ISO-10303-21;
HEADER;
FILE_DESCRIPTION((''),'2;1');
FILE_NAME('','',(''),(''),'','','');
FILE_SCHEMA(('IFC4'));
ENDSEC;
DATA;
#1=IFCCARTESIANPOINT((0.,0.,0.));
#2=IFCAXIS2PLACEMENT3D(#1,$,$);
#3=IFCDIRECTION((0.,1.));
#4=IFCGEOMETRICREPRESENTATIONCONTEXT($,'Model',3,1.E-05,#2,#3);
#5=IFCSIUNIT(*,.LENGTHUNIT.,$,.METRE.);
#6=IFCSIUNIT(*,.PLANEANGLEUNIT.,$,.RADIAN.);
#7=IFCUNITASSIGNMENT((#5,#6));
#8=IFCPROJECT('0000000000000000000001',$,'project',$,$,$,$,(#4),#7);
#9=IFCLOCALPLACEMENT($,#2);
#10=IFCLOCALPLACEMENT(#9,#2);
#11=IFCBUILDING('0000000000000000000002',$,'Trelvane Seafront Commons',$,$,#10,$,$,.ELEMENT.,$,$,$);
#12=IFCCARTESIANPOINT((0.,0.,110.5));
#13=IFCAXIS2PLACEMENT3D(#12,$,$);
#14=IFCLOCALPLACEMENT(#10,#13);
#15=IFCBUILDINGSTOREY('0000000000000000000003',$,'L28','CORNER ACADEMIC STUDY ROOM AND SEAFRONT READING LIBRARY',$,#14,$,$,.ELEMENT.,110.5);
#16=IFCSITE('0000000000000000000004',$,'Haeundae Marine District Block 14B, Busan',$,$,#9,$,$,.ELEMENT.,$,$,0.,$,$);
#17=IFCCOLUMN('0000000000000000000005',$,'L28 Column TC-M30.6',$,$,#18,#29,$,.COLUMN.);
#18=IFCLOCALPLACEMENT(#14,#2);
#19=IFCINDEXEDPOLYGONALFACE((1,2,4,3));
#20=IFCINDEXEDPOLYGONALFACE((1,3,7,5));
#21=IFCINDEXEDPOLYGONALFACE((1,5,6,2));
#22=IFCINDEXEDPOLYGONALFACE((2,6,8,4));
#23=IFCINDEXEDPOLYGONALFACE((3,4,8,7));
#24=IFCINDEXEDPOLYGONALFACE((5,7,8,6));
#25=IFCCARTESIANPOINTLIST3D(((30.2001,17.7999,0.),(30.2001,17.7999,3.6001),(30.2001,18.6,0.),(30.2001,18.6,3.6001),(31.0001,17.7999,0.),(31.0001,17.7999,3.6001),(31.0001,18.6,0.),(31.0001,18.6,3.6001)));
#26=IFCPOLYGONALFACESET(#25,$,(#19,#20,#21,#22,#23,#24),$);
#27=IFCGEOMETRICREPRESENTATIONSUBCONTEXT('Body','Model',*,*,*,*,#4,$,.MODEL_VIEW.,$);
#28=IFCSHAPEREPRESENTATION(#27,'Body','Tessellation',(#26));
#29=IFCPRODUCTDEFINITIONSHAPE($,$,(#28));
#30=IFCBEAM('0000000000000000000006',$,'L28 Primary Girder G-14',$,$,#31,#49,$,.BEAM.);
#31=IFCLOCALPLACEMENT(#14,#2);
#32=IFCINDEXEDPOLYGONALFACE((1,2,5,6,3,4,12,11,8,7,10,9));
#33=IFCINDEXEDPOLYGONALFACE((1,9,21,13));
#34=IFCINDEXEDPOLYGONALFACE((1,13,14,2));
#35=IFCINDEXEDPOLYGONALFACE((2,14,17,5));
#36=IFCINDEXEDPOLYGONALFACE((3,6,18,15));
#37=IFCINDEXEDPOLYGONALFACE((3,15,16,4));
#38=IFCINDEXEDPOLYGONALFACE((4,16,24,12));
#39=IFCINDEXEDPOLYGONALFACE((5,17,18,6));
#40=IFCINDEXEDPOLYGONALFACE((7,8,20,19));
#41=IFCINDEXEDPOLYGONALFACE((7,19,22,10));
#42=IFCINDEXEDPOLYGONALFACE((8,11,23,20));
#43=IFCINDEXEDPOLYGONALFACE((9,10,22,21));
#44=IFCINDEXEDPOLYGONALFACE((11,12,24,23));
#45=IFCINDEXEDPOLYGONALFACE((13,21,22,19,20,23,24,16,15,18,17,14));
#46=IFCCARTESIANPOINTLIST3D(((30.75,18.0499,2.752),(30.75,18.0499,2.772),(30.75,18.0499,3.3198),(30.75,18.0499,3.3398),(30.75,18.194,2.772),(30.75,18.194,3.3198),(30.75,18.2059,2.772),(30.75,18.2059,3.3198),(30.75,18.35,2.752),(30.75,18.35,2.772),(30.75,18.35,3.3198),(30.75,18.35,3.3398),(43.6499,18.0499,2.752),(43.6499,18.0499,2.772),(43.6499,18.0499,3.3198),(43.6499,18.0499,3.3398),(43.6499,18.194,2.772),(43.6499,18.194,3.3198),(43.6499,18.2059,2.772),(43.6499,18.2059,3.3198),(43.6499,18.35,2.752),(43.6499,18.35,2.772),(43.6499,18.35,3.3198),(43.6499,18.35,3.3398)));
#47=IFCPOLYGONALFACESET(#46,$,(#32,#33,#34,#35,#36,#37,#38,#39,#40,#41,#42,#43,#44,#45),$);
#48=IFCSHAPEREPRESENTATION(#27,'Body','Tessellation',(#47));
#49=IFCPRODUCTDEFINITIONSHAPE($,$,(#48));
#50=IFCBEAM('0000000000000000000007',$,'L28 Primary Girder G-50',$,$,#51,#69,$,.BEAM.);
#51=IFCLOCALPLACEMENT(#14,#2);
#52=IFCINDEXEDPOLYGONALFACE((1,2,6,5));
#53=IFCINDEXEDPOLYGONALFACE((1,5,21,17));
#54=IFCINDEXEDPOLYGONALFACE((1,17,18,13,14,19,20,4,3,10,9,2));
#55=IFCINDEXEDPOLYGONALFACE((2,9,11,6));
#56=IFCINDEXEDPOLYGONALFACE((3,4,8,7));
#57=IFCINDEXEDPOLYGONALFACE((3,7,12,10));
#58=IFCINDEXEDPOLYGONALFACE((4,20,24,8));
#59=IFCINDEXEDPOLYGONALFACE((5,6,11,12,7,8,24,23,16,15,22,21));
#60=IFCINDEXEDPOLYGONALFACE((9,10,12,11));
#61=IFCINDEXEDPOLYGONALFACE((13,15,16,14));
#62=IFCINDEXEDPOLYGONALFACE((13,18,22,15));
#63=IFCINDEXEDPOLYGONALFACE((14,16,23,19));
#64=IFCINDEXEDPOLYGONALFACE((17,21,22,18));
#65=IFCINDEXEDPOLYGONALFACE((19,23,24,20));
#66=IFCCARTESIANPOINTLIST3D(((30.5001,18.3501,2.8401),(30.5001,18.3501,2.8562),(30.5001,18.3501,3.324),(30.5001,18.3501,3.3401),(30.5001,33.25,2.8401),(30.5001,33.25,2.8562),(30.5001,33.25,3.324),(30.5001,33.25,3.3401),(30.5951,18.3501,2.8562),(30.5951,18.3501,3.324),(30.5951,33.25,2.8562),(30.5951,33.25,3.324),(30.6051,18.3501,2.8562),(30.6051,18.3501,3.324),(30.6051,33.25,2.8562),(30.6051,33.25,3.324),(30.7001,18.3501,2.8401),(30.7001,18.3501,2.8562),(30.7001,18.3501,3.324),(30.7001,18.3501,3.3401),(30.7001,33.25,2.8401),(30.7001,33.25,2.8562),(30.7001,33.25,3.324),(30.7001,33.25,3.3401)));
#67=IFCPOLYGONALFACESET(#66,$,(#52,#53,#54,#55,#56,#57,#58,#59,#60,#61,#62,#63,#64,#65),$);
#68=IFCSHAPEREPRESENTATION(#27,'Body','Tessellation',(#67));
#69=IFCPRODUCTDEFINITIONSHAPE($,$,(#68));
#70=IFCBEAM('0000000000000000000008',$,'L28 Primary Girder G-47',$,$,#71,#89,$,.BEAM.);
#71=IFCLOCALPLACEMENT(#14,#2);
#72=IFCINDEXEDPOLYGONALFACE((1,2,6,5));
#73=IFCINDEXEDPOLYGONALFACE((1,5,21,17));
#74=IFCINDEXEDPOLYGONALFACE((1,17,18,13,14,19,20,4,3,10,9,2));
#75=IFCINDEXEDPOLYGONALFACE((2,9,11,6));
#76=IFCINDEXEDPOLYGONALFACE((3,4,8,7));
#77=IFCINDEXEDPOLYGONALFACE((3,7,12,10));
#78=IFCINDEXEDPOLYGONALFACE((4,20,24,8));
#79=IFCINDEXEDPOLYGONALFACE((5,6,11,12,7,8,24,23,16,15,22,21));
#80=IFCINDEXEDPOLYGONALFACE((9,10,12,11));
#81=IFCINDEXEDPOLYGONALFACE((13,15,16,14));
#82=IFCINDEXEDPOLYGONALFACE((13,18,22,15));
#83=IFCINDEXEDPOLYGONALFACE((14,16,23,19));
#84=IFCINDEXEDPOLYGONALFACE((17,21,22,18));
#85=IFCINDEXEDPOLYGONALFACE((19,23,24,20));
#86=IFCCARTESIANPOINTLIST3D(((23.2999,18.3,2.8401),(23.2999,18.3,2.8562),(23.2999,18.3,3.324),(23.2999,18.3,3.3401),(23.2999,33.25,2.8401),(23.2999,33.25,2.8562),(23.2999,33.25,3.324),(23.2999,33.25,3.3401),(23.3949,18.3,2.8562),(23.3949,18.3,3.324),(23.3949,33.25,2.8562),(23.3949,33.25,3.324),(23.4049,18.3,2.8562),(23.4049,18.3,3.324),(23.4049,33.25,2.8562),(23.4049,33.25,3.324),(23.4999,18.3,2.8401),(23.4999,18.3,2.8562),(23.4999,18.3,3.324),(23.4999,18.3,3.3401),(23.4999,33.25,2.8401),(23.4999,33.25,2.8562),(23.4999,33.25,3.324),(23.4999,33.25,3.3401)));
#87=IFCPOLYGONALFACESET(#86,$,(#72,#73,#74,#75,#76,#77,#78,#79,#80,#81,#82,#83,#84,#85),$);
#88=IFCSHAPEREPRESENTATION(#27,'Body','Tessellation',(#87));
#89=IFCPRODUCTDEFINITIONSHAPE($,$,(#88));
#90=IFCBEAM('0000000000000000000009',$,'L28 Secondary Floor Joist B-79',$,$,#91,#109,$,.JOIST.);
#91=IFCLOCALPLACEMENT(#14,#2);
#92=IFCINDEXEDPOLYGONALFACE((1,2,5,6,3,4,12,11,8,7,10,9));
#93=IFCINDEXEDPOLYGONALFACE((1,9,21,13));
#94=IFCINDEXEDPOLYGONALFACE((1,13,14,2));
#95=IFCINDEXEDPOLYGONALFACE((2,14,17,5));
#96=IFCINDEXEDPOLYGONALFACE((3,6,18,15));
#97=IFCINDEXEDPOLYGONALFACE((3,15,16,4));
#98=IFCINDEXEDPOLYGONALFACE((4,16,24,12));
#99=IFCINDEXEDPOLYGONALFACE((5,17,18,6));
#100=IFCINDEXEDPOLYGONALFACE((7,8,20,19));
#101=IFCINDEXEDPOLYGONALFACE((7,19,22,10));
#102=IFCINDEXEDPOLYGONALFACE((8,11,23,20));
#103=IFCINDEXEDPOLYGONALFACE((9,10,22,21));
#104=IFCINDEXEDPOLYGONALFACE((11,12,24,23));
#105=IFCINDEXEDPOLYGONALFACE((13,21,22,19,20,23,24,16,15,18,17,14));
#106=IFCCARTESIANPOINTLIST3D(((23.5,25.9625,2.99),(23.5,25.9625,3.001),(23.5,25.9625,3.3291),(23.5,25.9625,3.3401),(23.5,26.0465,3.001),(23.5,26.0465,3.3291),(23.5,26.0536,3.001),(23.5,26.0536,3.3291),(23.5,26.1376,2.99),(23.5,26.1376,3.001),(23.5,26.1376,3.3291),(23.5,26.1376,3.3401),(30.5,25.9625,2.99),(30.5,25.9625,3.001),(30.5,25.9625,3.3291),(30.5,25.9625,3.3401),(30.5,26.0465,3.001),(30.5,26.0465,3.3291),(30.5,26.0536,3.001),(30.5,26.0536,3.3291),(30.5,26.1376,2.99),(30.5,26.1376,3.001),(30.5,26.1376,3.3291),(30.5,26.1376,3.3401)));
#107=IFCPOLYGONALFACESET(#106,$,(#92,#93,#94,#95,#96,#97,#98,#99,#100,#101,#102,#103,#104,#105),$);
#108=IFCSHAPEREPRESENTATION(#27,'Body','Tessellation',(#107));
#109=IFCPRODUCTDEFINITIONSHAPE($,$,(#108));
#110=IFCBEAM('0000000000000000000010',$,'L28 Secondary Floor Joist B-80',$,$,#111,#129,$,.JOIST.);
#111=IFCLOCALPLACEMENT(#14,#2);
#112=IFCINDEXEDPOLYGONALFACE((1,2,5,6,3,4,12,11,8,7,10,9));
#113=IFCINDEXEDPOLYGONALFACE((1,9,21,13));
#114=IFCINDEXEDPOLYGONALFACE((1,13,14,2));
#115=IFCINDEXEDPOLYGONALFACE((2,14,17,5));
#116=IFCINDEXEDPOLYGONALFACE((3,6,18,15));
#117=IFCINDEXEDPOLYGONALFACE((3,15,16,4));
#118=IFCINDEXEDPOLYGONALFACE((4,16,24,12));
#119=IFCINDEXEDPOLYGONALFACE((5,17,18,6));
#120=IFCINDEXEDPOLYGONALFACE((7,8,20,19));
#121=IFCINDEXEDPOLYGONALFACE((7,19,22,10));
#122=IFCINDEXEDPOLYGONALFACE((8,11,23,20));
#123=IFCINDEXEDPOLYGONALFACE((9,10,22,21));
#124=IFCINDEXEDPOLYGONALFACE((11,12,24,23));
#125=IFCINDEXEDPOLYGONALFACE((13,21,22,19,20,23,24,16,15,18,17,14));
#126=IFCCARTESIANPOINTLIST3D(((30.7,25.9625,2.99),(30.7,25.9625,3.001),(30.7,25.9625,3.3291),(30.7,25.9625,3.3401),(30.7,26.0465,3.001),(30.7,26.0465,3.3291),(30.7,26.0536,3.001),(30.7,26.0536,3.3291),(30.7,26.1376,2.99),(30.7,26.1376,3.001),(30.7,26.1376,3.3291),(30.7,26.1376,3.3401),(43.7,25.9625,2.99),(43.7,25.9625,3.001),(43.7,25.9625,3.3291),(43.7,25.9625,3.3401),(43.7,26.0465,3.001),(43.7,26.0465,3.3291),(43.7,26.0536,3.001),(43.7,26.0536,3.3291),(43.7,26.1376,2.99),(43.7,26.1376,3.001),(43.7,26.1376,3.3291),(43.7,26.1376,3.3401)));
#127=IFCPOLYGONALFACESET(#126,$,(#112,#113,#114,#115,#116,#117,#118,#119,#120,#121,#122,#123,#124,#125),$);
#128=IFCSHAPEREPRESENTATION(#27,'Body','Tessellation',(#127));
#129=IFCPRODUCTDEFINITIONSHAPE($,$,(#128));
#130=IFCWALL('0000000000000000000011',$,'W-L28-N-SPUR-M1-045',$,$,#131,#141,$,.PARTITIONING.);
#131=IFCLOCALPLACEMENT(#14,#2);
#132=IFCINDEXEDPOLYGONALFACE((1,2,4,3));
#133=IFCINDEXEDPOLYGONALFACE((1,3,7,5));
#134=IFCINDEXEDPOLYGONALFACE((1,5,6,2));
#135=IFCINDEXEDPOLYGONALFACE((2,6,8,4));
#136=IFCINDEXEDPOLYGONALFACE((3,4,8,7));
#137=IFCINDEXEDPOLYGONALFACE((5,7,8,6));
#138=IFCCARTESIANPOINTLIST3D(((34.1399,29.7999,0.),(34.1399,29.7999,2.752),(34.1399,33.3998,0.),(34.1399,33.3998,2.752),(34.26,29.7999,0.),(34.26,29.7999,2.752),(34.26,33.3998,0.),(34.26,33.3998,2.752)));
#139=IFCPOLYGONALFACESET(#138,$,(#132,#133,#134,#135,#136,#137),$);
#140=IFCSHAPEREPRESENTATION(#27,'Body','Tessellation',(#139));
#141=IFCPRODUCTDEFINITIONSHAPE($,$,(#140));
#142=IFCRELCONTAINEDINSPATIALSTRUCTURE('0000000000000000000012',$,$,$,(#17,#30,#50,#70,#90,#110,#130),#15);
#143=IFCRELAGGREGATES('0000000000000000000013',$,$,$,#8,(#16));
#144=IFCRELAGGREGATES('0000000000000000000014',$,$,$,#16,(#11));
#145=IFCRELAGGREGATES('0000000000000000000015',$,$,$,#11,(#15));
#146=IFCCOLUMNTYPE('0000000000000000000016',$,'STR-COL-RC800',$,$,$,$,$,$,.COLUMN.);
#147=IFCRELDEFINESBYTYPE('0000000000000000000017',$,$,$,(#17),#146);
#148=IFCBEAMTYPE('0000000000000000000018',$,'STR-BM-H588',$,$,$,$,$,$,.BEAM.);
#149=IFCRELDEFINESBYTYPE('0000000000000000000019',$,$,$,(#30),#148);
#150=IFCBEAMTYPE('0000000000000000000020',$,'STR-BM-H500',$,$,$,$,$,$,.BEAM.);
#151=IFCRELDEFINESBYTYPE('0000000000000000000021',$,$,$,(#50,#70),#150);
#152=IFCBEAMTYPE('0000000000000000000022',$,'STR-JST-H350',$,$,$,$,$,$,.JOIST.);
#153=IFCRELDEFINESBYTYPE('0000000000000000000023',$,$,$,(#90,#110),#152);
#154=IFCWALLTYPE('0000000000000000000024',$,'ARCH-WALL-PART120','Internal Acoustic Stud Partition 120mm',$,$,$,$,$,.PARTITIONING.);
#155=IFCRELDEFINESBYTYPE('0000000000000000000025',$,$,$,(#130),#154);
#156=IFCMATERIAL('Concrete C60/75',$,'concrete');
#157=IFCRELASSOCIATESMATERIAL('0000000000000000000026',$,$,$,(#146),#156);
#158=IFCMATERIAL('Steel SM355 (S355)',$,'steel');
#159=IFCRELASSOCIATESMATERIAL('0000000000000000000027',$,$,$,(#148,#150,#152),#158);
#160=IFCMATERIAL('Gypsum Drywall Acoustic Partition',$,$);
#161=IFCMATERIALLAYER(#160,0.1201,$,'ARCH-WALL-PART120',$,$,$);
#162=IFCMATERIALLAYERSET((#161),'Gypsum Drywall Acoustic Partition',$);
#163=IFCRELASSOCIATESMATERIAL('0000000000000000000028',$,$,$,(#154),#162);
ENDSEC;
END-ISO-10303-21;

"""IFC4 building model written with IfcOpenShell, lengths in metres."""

from ifc_helpers import new_model, si_unit, direction, frame, frame_2d, origin, origin_2d, place, context, subcontext, project, spatial, rectangle, i_section, extrude, source, transform, mapped, material, layer, layer_set, material_profile, profile_set, type_object, element, save


model = new_model("IFC4")

# Units and contexts
model_context = context("Model", 3, precision=1e-05, world=origin(), true_north=direction((0.0, 1.0)))
body_context = subcontext(model_context, "Body", "Model", "MODEL_VIEW")
ifc_project = project(units=[si_unit("LENGTHUNIT", "METRE"), si_unit("PLANEANGLEUNIT", "RADIAN")], contexts=[model_context])

# Site, building, storey
site_placement = place(None, origin())
site = spatial("IfcSite", under=ifc_project, at=site_placement, Name="Haeundae Marine District Block 14B, Busan", CompositionType="ELEMENT", RefElevation=0.0)
building_placement = place(site_placement, origin())
building = spatial("IfcBuilding", under=site, at=building_placement, Name="Trelvane Seafront Commons", CompositionType="ELEMENT")
storey_placement = place(building_placement, frame((0.0, 0.0, 110.5)))
storey = spatial("IfcBuildingStorey", under=building, at=storey_placement, Name="L28", Description="CORNER ACADEMIC STUDY ROOM AND SEAFRONT READING LIBRARY", CompositionType="ELEMENT", Elevation=110.5)

# Column
ifc_material_1 = material(Name="Concrete C60/75", Category="concrete")
ifc_material_profile_1 = material_profile(ifc_material_1, rectangle(XDim=0.8, YDim=0.8, at=origin_2d()), Name="RC-800x800")
ifc_profile_set_1 = profile_set([ifc_material_profile_1], Name="Concrete C60/75")
column_type = type_object("IfcColumnType", Name="STR-COL-RC800", PredefinedType="COLUMN", material=ifc_profile_set_1)
shared_shape_1 = source(origin(), body_context, "Body", "SweptSolid", [
    extrude(rectangle(XDim=0.8, YDim=0.8, at=origin_2d()), origin(), (0.0, 0.0, 1.0), 3.6001),
])
column_placement = place(storey_placement, frame((30.6001, 18.2, 0.0), z_axis=(0.0, 0.0, 1.0), x_axis=(1.0, 0.0, 0.0)))
element("IfcColumn", 1, at=column_placement, inside=storey, type_object=column_type, Name="L28 Column TC-M30.6", PredefinedType="COLUMN", context=body_context, shape_type="MappedRepresentation", body=[
    mapped(shared_shape_1, transform((0.0, 0.0, 0.0), x_axis=(1.0, 0.0, 0.0), y_axis=(0.0, 1.0, 0.0), z_axis=(0.0, 0.0, 1.0), scale=1.0)),
])

# Beams
ifc_material_2 = material(Name="Steel SM355 (S355)", Category="steel")
ifc_material_profile_2 = material_profile(ifc_material_2, i_section(OverallWidth=0.3, OverallDepth=0.5879, WebThickness=0.012, FlangeThickness=0.02, at=origin_2d()), Name="H-588x300x12x20")
ifc_profile_set_2 = profile_set([ifc_material_profile_2], Name="Steel SM355 (S355)")
beam_type_1 = type_object("IfcBeamType", Name="STR-BM-H588", PredefinedType="BEAM", material=ifc_profile_set_2)
shared_shape_2 = source(origin(), body_context, "Body", "SweptSolid", [
    extrude(i_section(OverallWidth=0.3, OverallDepth=0.5879, WebThickness=0.012, FlangeThickness=0.02, at=origin_2d()), origin(), (0.0, 0.0, 1.0), 12.8999),
])
beam_1_placement = place(storey_placement, frame((30.75, 18.2, 3.0459), z_axis=(1.0, 0.0, 0.0), x_axis=(0.0, 1.0, 0.0)))
element("IfcBeam", 2, at=beam_1_placement, inside=storey, type_object=beam_type_1, Name="L28 Primary Girder G-14", PredefinedType="BEAM", context=body_context, shape_type="MappedRepresentation", body=[
    mapped(shared_shape_2, transform((0.0, 0.0, 0.0), x_axis=(1.0, 0.0, 0.0), y_axis=(0.0, 1.0, 0.0), z_axis=(0.0, 0.0, 1.0), scale=1.0)),
])
ifc_material_profile_3 = material_profile(ifc_material_2, i_section(OverallWidth=0.2, OverallDepth=0.5, WebThickness=0.01, FlangeThickness=0.0161, at=origin_2d()), Name="H-500x200x10x16")
ifc_profile_set_3 = profile_set([ifc_material_profile_3], Name="Steel SM355 (S355)")
beam_type_2 = type_object("IfcBeamType", Name="STR-BM-H500", PredefinedType="BEAM", material=ifc_profile_set_3)
shared_shape_3 = source(origin(), body_context, "Body", "SweptSolid", [
    extrude(i_section(OverallWidth=0.2, OverallDepth=0.5, WebThickness=0.01, FlangeThickness=0.0161, at=origin_2d()), origin(), (0.0, 0.0, 1.0), 14.8999),
])
beam_2_placement = place(storey_placement, frame((30.6001, 18.3501, 3.0901), z_axis=(0.0, 1.0, 0.0), x_axis=(-1.0, 0.0, 0.0)))
element("IfcBeam", 3, at=beam_2_placement, inside=storey, type_object=beam_type_2, Name="L28 Primary Girder G-50", PredefinedType="BEAM", context=body_context, shape_type="MappedRepresentation", body=[
    mapped(shared_shape_3, transform((0.0, 0.0, 0.0), x_axis=(1.0, 0.0, 0.0), y_axis=(0.0, 1.0, 0.0), z_axis=(0.0, 0.0, 1.0), scale=1.0)),
])
shared_shape_4 = source(origin(), body_context, "Body", "SweptSolid", [
    extrude(i_section(OverallWidth=0.2, OverallDepth=0.5, WebThickness=0.01, FlangeThickness=0.0161, at=origin_2d()), origin(), (0.0, 0.0, 1.0), 14.95),
])
beam_3_placement = place(storey_placement, frame((23.3999, 18.3, 3.0901), z_axis=(0.0, 1.0, 0.0), x_axis=(-1.0, 0.0, 0.0)))
element("IfcBeam", 4, at=beam_3_placement, inside=storey, type_object=beam_type_2, Name="L28 Primary Girder G-47", PredefinedType="BEAM", context=body_context, shape_type="MappedRepresentation", body=[
    mapped(shared_shape_4, transform((0.0, 0.0, 0.0), x_axis=(1.0, 0.0, 0.0), y_axis=(0.0, 1.0, 0.0), z_axis=(0.0, 0.0, 1.0), scale=1.0)),
])
ifc_material_profile_4 = material_profile(ifc_material_2, i_section(OverallWidth=0.175, OverallDepth=0.3501, WebThickness=0.0071, FlangeThickness=0.011, at=origin_2d()), Name="H-350x175x7x11")
ifc_profile_set_4 = profile_set([ifc_material_profile_4], Name="Steel SM355 (S355)")
beam_type_3 = type_object("IfcBeamType", Name="STR-JST-H350", PredefinedType="JOIST", material=ifc_profile_set_4)
shared_shape_5 = source(origin(), body_context, "Body", "SweptSolid", [
    extrude(i_section(OverallWidth=0.175, OverallDepth=0.3501, WebThickness=0.0071, FlangeThickness=0.011, at=origin_2d()), origin(), (0.0, 0.0, 1.0), 7.0),
])
beam_4_placement = place(storey_placement, frame((23.5, 26.05, 3.165), z_axis=(1.0, 0.0, 0.0), x_axis=(0.0, 1.0, 0.0)))
element("IfcBeam", 5, at=beam_4_placement, inside=storey, type_object=beam_type_3, Name="L28 Secondary Floor Joist B-79", PredefinedType="JOIST", context=body_context, shape_type="MappedRepresentation", body=[
    mapped(shared_shape_5, transform((0.0, 0.0, 0.0), x_axis=(1.0, 0.0, 0.0), y_axis=(0.0, 1.0, 0.0), z_axis=(0.0, 0.0, 1.0), scale=1.0)),
])
shared_shape_6 = source(origin(), body_context, "Body", "SweptSolid", [
    extrude(i_section(OverallWidth=0.175, OverallDepth=0.3501, WebThickness=0.0071, FlangeThickness=0.011, at=origin_2d()), origin(), (0.0, 0.0, 1.0), 13.0),
])
beam_5_placement = place(storey_placement, frame((30.7, 26.05, 3.165), z_axis=(1.0, 0.0, 0.0), x_axis=(0.0, 1.0, 0.0)))
element("IfcBeam", 6, at=beam_5_placement, inside=storey, type_object=beam_type_3, Name="L28 Secondary Floor Joist B-80", PredefinedType="JOIST", context=body_context, shape_type="MappedRepresentation", body=[
    mapped(shared_shape_6, transform((0.0, 0.0, 0.0), x_axis=(1.0, 0.0, 0.0), y_axis=(0.0, 1.0, 0.0), z_axis=(0.0, 0.0, 1.0), scale=1.0)),
])

# Wall
ifc_material_3 = material(Name="Gypsum Drywall Acoustic Partition")
ifc_layer_1 = layer(ifc_material_3, 0.1201, Name="ARCH-WALL-PART120")
ifc_layer_set_1 = layer_set([ifc_layer_1], Name="Gypsum Drywall Acoustic Partition")
wall_type_1 = type_object("IfcWallType", Name="ARCH-WALL-PART120", Description="Internal Acoustic Stud Partition 120mm", PredefinedType="PARTITIONING", material=ifc_layer_set_1)
wall_1_placement = place(storey_placement, frame((34.2, 29.8, 0.0), z_axis=(0.0, 0.0, 1.0), x_axis=(0.0, 1.0, 0.0)))
element("IfcWall", 7, at=wall_1_placement, inside=storey, type_object=wall_type_1, Name="W-L28-N-SPUR-M1-045", PredefinedType="PARTITIONING", context=body_context, shape_type="SweptSolid", body=[
    extrude(rectangle(XDim=3.5999, YDim=0.1201, at=frame_2d((1.7998, 0.0))), origin(), (0.0, 0.0, 1.0), 2.752),
])

save(model, "model.ifc")
